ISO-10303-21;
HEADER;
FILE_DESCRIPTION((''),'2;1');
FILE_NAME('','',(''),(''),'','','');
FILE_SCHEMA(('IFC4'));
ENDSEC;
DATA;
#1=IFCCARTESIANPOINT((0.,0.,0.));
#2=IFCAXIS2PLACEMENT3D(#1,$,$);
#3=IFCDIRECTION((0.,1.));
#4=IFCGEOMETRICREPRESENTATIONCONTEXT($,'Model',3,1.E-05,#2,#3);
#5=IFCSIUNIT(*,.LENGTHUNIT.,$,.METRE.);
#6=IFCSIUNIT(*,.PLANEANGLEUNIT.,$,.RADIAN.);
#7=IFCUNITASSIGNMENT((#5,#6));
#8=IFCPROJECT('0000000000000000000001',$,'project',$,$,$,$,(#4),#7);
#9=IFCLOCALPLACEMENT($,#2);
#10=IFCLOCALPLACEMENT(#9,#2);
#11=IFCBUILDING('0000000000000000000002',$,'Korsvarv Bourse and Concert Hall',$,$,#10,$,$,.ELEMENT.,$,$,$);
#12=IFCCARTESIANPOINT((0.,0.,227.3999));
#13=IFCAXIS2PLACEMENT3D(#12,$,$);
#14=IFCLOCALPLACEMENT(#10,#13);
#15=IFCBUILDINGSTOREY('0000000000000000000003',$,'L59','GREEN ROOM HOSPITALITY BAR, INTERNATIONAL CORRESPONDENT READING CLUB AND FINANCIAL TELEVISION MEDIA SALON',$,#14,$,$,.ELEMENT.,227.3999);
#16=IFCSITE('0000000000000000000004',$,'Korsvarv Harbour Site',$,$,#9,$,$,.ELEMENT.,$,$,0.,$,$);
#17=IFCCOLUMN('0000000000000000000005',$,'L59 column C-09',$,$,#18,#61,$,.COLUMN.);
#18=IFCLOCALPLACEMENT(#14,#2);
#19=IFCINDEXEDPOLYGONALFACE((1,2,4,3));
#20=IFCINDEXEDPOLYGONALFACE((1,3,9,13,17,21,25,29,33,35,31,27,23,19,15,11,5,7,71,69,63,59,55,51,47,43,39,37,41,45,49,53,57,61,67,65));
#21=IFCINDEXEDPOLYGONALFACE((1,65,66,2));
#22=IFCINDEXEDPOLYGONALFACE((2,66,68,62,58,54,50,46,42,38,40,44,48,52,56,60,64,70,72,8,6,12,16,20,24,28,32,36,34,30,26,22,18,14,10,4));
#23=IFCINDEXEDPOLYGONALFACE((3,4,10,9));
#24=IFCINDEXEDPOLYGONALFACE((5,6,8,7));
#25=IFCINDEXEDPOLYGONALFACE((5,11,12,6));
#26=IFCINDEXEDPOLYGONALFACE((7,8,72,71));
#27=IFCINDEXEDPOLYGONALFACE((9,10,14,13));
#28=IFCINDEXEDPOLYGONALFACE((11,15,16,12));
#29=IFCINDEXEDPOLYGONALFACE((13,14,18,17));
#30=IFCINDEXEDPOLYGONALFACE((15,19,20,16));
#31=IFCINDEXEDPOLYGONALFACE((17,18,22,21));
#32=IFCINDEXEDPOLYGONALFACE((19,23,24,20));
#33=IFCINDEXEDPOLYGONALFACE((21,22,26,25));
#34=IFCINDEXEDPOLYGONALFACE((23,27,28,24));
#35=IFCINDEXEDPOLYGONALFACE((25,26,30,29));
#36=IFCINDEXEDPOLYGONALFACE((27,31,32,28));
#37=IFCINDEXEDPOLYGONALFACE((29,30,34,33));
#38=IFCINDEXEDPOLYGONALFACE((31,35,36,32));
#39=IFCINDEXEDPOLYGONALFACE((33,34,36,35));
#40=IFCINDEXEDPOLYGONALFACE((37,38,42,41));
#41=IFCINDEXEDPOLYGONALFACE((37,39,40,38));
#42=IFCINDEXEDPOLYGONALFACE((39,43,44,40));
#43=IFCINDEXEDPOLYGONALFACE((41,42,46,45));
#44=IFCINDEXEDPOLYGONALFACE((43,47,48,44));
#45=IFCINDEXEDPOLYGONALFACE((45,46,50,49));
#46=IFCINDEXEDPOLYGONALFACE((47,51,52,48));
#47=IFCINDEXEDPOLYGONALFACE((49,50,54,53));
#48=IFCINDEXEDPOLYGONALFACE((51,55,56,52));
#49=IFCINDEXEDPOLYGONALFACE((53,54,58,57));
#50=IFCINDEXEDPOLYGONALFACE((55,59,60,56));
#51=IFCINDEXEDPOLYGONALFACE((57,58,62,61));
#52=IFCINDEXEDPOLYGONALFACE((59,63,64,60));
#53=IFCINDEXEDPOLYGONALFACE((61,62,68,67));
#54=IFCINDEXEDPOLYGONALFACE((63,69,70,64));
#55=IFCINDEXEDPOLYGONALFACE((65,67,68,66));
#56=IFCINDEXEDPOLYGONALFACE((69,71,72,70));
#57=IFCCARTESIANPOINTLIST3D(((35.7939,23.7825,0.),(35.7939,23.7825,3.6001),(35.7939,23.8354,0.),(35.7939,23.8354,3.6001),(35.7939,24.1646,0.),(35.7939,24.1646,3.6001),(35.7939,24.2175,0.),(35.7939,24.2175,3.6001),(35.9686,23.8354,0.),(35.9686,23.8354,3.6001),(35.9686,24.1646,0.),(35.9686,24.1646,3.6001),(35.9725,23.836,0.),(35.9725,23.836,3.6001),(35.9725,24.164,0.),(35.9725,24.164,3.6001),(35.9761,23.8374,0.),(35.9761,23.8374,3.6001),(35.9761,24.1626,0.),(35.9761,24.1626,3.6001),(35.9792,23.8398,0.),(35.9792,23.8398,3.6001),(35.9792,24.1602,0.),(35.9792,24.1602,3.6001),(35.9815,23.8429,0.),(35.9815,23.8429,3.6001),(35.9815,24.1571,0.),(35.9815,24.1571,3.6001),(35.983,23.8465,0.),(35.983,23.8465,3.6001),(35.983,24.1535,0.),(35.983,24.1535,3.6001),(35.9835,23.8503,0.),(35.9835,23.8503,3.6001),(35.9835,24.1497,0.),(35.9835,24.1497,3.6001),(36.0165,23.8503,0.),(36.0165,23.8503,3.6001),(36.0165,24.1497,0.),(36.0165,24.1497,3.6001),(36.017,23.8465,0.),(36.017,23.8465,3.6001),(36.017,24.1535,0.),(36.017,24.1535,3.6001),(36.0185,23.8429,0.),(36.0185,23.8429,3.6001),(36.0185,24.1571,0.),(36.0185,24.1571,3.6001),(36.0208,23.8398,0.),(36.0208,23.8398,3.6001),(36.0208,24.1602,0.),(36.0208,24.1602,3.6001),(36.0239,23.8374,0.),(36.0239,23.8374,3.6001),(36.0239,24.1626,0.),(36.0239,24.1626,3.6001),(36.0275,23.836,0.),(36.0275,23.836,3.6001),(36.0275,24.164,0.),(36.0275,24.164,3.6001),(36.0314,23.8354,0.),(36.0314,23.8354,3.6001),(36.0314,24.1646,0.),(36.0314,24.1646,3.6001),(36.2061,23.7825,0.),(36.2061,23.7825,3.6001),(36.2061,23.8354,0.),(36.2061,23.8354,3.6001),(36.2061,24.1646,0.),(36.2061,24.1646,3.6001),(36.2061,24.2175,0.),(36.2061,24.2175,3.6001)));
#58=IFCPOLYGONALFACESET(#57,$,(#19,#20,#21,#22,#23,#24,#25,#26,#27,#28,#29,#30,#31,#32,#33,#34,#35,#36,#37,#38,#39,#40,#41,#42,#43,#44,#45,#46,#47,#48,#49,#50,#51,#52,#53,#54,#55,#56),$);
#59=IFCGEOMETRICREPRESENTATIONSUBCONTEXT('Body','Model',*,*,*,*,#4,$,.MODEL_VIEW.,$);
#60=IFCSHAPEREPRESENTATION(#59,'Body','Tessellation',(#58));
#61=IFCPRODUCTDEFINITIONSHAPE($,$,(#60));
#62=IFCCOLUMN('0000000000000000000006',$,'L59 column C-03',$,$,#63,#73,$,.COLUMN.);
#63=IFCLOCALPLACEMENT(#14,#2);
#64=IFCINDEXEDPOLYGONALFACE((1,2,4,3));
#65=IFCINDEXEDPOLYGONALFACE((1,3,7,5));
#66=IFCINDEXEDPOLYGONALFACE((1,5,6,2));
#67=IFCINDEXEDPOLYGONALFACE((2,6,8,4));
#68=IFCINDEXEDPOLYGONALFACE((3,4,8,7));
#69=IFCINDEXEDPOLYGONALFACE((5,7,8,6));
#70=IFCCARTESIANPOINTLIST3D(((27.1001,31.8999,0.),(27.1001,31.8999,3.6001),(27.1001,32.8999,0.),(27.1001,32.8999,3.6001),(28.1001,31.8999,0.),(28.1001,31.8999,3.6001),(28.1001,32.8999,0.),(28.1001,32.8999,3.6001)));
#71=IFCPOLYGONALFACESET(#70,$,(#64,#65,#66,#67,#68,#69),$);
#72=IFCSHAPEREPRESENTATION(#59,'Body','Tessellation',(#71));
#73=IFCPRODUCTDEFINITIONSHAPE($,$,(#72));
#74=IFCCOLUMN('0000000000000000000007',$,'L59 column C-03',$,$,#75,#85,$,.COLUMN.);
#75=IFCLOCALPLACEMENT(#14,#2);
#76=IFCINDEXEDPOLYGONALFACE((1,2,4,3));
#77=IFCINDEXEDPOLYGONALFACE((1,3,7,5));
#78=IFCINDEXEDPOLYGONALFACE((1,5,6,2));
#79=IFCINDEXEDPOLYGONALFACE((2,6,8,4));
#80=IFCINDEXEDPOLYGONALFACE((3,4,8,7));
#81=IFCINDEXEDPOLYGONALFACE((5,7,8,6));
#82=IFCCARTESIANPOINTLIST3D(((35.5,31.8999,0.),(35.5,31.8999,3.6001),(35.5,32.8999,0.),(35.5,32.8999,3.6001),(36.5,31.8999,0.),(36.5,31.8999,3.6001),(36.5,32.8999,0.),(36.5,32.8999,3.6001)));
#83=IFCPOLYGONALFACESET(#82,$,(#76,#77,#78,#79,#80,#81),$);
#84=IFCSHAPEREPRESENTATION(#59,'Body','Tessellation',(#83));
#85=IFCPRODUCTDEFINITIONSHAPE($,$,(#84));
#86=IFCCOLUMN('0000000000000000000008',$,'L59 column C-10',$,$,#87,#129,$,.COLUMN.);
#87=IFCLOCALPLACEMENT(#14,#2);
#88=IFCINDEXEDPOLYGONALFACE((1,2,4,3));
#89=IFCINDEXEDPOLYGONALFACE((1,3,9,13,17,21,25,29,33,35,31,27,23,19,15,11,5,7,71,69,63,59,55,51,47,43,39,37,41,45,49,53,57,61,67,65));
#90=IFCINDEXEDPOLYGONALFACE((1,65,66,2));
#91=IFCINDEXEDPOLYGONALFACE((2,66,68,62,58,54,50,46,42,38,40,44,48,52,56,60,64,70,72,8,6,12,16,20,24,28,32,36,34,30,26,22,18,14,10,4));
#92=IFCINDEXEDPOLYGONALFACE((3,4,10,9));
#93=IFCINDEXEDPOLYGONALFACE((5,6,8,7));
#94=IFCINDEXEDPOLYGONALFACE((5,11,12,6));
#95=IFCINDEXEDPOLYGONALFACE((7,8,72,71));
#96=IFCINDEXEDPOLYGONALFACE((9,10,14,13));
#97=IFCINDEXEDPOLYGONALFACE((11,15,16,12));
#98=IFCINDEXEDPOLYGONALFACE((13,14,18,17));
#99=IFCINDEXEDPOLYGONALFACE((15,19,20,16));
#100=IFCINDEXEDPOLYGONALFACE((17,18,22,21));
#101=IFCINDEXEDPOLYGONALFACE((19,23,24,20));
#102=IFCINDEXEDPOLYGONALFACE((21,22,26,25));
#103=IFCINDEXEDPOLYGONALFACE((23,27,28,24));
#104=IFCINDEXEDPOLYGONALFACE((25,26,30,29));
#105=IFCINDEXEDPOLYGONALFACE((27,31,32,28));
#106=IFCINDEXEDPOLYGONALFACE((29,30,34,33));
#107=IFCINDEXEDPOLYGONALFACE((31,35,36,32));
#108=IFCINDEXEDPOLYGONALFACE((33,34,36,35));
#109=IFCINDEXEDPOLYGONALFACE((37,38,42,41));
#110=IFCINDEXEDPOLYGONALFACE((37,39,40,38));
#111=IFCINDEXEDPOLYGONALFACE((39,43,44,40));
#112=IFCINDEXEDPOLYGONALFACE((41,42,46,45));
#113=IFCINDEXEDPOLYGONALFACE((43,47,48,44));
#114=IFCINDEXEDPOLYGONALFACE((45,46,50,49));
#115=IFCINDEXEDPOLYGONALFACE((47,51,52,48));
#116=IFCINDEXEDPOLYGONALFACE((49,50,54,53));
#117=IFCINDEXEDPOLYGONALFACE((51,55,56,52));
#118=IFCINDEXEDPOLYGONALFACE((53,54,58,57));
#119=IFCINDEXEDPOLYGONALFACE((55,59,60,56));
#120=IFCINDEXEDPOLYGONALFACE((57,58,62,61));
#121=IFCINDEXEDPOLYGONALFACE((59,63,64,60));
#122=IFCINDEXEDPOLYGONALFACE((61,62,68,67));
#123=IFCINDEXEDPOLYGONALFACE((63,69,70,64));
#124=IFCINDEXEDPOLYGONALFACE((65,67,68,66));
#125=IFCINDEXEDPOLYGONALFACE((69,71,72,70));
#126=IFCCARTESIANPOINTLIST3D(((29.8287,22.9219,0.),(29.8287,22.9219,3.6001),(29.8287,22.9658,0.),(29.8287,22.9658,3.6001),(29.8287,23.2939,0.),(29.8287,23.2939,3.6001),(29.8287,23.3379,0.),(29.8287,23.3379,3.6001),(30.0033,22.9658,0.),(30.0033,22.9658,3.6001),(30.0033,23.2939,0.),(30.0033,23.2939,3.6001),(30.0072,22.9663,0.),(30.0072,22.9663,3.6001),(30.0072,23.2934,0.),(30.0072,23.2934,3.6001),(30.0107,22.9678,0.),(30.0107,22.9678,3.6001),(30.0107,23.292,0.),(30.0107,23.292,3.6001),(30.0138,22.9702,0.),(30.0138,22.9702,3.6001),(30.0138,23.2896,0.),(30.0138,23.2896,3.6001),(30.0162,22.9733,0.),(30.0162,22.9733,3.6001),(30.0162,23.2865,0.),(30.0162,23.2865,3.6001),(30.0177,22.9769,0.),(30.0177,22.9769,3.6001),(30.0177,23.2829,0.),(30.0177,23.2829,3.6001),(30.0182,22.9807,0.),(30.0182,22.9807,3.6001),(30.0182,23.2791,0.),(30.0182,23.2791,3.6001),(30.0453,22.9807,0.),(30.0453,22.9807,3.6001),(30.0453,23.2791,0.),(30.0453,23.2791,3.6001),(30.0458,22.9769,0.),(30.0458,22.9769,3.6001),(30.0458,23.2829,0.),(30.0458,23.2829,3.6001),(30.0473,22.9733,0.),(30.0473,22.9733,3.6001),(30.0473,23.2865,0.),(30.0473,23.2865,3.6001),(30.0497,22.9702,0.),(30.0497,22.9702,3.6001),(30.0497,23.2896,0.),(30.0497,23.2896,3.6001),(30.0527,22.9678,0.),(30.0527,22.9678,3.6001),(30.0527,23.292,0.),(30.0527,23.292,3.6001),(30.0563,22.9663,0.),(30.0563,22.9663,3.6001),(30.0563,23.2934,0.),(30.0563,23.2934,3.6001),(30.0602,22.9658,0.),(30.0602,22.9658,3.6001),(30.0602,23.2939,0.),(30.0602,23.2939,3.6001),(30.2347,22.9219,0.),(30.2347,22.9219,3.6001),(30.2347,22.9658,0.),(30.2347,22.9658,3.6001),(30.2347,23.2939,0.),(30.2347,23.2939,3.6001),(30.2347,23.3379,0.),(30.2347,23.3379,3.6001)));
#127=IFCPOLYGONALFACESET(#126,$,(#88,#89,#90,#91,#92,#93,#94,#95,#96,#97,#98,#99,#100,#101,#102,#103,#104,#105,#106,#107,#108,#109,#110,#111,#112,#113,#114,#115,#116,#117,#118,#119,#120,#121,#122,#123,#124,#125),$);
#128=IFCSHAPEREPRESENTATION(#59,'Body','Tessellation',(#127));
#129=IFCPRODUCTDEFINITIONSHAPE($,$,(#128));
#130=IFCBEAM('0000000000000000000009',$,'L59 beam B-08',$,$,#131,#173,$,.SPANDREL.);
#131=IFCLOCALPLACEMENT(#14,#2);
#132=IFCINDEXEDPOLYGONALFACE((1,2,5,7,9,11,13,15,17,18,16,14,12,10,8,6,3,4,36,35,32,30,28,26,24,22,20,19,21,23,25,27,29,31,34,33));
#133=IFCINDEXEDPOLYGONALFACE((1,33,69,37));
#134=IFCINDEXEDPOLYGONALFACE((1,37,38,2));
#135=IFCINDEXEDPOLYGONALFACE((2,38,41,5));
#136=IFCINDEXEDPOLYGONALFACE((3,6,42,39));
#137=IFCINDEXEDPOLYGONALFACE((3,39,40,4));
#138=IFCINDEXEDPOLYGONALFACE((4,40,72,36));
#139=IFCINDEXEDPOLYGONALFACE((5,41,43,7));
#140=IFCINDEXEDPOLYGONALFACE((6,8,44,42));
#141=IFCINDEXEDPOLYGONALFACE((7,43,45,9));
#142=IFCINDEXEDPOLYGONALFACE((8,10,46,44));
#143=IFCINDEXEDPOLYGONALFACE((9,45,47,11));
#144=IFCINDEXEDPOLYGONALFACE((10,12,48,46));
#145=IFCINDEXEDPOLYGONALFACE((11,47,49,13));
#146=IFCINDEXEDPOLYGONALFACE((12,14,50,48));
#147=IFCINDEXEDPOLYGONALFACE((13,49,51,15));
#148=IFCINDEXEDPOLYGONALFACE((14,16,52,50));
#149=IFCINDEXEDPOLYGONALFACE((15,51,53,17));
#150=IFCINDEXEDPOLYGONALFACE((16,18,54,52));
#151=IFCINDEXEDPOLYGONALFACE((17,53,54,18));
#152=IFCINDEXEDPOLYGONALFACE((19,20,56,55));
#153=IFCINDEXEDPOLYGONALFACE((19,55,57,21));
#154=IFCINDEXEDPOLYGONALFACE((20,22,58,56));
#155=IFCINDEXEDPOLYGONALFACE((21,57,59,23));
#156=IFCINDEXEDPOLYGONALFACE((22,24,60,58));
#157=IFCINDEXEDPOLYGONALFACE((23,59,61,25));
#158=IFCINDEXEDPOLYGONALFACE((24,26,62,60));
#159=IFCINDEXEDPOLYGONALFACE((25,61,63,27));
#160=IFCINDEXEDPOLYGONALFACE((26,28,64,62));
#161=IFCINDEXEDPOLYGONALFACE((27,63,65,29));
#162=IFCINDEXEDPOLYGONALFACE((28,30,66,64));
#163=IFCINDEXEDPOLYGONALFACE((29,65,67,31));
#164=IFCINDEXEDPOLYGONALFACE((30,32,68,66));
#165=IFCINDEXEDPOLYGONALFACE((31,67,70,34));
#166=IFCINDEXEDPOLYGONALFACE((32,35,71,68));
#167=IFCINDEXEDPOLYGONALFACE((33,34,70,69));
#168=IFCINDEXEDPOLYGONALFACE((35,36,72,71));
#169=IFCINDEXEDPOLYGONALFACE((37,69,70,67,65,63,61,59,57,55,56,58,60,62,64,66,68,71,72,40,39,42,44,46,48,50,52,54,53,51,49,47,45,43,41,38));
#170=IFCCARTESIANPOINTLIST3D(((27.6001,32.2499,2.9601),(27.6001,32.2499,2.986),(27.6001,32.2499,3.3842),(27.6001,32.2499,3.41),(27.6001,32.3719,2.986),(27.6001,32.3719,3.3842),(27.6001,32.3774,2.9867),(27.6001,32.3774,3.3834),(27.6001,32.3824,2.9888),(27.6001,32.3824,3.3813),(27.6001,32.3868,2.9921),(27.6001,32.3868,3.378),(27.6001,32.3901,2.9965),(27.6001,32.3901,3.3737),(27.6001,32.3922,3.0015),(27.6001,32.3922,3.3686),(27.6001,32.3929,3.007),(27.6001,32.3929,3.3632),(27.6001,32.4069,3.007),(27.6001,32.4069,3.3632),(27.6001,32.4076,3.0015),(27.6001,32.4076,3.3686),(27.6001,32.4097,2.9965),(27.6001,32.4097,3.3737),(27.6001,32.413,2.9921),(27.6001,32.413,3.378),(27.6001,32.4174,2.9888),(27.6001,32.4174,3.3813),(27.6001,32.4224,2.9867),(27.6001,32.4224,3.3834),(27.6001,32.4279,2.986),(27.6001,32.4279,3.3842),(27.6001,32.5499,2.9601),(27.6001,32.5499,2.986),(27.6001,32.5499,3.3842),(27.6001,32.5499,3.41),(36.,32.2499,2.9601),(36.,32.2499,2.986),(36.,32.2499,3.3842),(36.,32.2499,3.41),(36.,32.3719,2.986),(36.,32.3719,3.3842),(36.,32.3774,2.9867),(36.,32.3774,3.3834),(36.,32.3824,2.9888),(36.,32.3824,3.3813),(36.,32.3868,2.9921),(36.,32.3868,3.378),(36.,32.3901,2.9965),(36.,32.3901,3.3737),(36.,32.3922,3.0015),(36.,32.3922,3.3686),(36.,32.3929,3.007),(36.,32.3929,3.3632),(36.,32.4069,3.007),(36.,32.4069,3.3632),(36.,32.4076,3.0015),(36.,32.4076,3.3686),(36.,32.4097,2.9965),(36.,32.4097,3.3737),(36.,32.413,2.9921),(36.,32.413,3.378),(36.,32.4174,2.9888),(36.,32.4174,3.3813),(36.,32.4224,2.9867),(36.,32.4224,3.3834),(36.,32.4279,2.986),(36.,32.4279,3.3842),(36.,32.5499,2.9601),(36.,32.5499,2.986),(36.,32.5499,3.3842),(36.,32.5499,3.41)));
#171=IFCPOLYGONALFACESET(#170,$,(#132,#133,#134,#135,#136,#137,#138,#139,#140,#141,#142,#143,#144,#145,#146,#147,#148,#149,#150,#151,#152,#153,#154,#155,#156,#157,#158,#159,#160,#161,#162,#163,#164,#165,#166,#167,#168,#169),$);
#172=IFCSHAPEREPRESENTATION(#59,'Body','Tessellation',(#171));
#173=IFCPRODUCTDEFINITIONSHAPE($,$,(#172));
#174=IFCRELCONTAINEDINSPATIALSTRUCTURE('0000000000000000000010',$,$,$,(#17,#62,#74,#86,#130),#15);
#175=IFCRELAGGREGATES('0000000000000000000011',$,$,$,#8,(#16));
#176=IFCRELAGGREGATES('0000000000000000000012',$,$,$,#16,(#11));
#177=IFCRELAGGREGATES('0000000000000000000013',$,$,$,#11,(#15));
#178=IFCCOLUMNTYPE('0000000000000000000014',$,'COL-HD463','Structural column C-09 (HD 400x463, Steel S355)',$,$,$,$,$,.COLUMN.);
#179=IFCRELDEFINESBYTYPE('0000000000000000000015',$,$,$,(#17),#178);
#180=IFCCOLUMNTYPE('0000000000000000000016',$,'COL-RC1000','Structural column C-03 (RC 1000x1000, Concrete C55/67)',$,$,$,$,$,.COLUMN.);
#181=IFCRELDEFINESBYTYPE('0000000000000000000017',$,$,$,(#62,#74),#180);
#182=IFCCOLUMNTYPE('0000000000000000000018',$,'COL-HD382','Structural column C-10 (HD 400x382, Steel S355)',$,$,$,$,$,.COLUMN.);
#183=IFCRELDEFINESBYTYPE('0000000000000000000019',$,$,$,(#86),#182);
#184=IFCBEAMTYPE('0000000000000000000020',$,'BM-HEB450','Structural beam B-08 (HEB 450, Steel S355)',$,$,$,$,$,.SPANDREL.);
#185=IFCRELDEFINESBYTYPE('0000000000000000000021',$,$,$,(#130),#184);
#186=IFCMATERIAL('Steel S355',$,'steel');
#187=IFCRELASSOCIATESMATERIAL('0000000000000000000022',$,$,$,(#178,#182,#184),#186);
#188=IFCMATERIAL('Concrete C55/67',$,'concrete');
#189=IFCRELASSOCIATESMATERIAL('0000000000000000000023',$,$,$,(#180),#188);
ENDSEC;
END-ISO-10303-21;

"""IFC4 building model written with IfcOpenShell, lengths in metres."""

from ifc_helpers import new_model, si_unit, direction, frame, origin, origin_2d, place, context, subcontext, project, spatial, rectangle, i_section, extrude, source, transform, mapped, material, material_profile, profile_set, type_object, element, save


model = new_model("IFC4")

# Units and contexts
model_context = context("Model", 3, precision=1e-05, world=origin(), true_north=direction((0.0, 1.0)))
body_context = subcontext(model_context, "Body", "Model", "MODEL_VIEW")
ifc_project = project(units=[si_unit("LENGTHUNIT", "METRE"), si_unit("PLANEANGLEUNIT", "RADIAN")], contexts=[model_context])

# Site, building, storey
site_placement = place(None, origin())
site = spatial("IfcSite", under=ifc_project, at=site_placement, Name="Korsvarv Harbour Site", CompositionType="ELEMENT", RefElevation=0.0)
building_placement = place(site_placement, origin())
building = spatial("IfcBuilding", under=site, at=building_placement, Name="Korsvarv Bourse and Concert Hall", CompositionType="ELEMENT")
storey_placement = place(building_placement, frame((0.0, 0.0, 227.3999)))
storey = spatial("IfcBuildingStorey", under=building, at=storey_placement, Name="L59", Description="GREEN ROOM HOSPITALITY BAR, INTERNATIONAL CORRESPONDENT READING CLUB AND FINANCIAL TELEVISION MEDIA SALON", CompositionType="ELEMENT", Elevation=227.3999)

# Columns
ifc_material_1 = material(Name="Steel S355", Category="steel")
ifc_material_profile_1 = material_profile(ifc_material_1, i_section(OverallWidth=0.4121, OverallDepth=0.4351, WebThickness=0.033, FlangeThickness=0.053, FilletRadius=0.0149, at=origin_2d()), Name="HD 400x463")
ifc_profile_set_1 = profile_set([ifc_material_profile_1], Name="Steel S355")
column_type_1 = type_object("IfcColumnType", Name="COL-HD463", Description="Structural column C-09 (HD 400x463, Steel S355)", PredefinedType="COLUMN", material=ifc_profile_set_1)
shared_shape_1 = source(origin(), body_context, "Body", "SweptSolid", [
    extrude(i_section(OverallWidth=0.4121, OverallDepth=0.4351, WebThickness=0.033, FlangeThickness=0.053, FilletRadius=0.0149, at=origin_2d()), origin(), (0.0, 0.0, 1.0), 3.6001),
])
column_1_placement = place(storey_placement, frame((36.0, 24.0, 0.0), z_axis=(0.0, 0.0, 1.0), x_axis=(1.0, 0.0, 0.0)))
element("IfcColumn", 1, at=column_1_placement, inside=storey, type_object=column_type_1, Name="L59 column C-09", PredefinedType="COLUMN", context=body_context, shape_type="MappedRepresentation", body=[
    mapped(shared_shape_1, transform((0.0, 0.0, 0.0), scale=1.0)),
])
ifc_material_2 = material(Name="Concrete C55/67", Category="concrete")
ifc_material_profile_2 = material_profile(ifc_material_2, rectangle(XDim=1.0, YDim=1.0, at=origin_2d()), Name="RC 1000x1000")
ifc_profile_set_2 = profile_set([ifc_material_profile_2], Name="Concrete C55/67")
column_type_2 = type_object("IfcColumnType", Name="COL-RC1000", Description="Structural column C-03 (RC 1000x1000, Concrete C55/67)", PredefinedType="COLUMN", material=ifc_profile_set_2)
shared_shape_2 = source(origin(), body_context, "Body", "SweptSolid", [
    extrude(rectangle(XDim=1.0, YDim=1.0, at=origin_2d()), origin(), (0.0, 0.0, 1.0), 3.6001),
])
for number, where, z_axis, x_axis, name in (
    (2, (27.6001, 32.3999, 0.0), (0.0, 0.0, 1.0), (1.0, 0.0, 0.0), "L59 column C-03"),
    (3, (36.0, 32.3999, 0.0), (0.0, 0.0, 1.0), (1.0, 0.0, 0.0), "L59 column C-03"),
):
    element("IfcColumn", number, at=place(storey_placement, frame(where, z_axis=z_axis, x_axis=x_axis)), inside=storey, type_object=column_type_2, Name=name, PredefinedType="COLUMN", context=body_context, shape_type="MappedRepresentation", body=[
        mapped(shared_shape_2, transform((0.0, 0.0, 0.0), scale=1.0)),
    ])
ifc_material_profile_3 = material_profile(ifc_material_1, i_section(OverallWidth=0.406, OverallDepth=0.416, WebThickness=0.0271, FlangeThickness=0.0439, FilletRadius=0.0149, at=origin_2d()), Name="HD 400x382")
ifc_profile_set_3 = profile_set([ifc_material_profile_3], Name="Steel S355")
column_type_3 = type_object("IfcColumnType", Name="COL-HD382", Description="Structural column C-10 (HD 400x382, Steel S355)", PredefinedType="COLUMN", material=ifc_profile_set_3)
shared_shape_3 = source(origin(), body_context, "Body", "SweptSolid", [
    extrude(i_section(OverallWidth=0.406, OverallDepth=0.416, WebThickness=0.0271, FlangeThickness=0.0439, FilletRadius=0.0149, at=origin_2d()), origin(), (0.0, 0.0, 1.0), 3.6001),
])
column_2_placement = place(storey_placement, frame((30.0317, 23.1299, 0.0), z_axis=(0.0, 0.0, 1.0), x_axis=(1.0, 0.0, 0.0)))
element("IfcColumn", 4, at=column_2_placement, inside=storey, type_object=column_type_3, Name="L59 column C-10", PredefinedType="COLUMN", context=body_context, shape_type="MappedRepresentation", body=[
    mapped(shared_shape_3, transform((0.0, 0.0, 0.0), scale=1.0)),
])

# Beam
ifc_material_profile_4 = material_profile(ifc_material_1, i_section(OverallWidth=0.3, OverallDepth=0.45, WebThickness=0.0139, FlangeThickness=0.0259, FilletRadius=0.021, at=origin_2d()), Name="HEB 450")
ifc_profile_set_4 = profile_set([ifc_material_profile_4], Name="Steel S355")
beam_type_1 = type_object("IfcBeamType", Name="BM-HEB450", Description="Structural beam B-08 (HEB 450, Steel S355)", PredefinedType="SPANDREL", material=ifc_profile_set_4)
shared_shape_4 = source(origin(), body_context, "Body", "SweptSolid", [
    extrude(i_section(OverallWidth=0.3, OverallDepth=0.45, WebThickness=0.0139, FlangeThickness=0.0259, FilletRadius=0.021, at=origin_2d()), origin(), (0.0, 0.0, 1.0), 8.3999),
])
for number, where, z_axis, x_axis, name in (
    (5, (27.6001, 32.3999, 3.1851), (1.0, 0.0, 0.0), (0.0, 1.0, 0.0), "L59 beam B-08"),
):
    element("IfcBeam", number, at=place(storey_placement, frame(where, z_axis=z_axis, x_axis=x_axis)), inside=storey, type_object=beam_type_1, Name=name, PredefinedType="SPANDREL", context=body_context, shape_type="MappedRepresentation", body=[
        mapped(shared_shape_4, transform((0.0, 0.0, 0.0), scale=1.0)),
    ])

save(model, "model.ifc")
